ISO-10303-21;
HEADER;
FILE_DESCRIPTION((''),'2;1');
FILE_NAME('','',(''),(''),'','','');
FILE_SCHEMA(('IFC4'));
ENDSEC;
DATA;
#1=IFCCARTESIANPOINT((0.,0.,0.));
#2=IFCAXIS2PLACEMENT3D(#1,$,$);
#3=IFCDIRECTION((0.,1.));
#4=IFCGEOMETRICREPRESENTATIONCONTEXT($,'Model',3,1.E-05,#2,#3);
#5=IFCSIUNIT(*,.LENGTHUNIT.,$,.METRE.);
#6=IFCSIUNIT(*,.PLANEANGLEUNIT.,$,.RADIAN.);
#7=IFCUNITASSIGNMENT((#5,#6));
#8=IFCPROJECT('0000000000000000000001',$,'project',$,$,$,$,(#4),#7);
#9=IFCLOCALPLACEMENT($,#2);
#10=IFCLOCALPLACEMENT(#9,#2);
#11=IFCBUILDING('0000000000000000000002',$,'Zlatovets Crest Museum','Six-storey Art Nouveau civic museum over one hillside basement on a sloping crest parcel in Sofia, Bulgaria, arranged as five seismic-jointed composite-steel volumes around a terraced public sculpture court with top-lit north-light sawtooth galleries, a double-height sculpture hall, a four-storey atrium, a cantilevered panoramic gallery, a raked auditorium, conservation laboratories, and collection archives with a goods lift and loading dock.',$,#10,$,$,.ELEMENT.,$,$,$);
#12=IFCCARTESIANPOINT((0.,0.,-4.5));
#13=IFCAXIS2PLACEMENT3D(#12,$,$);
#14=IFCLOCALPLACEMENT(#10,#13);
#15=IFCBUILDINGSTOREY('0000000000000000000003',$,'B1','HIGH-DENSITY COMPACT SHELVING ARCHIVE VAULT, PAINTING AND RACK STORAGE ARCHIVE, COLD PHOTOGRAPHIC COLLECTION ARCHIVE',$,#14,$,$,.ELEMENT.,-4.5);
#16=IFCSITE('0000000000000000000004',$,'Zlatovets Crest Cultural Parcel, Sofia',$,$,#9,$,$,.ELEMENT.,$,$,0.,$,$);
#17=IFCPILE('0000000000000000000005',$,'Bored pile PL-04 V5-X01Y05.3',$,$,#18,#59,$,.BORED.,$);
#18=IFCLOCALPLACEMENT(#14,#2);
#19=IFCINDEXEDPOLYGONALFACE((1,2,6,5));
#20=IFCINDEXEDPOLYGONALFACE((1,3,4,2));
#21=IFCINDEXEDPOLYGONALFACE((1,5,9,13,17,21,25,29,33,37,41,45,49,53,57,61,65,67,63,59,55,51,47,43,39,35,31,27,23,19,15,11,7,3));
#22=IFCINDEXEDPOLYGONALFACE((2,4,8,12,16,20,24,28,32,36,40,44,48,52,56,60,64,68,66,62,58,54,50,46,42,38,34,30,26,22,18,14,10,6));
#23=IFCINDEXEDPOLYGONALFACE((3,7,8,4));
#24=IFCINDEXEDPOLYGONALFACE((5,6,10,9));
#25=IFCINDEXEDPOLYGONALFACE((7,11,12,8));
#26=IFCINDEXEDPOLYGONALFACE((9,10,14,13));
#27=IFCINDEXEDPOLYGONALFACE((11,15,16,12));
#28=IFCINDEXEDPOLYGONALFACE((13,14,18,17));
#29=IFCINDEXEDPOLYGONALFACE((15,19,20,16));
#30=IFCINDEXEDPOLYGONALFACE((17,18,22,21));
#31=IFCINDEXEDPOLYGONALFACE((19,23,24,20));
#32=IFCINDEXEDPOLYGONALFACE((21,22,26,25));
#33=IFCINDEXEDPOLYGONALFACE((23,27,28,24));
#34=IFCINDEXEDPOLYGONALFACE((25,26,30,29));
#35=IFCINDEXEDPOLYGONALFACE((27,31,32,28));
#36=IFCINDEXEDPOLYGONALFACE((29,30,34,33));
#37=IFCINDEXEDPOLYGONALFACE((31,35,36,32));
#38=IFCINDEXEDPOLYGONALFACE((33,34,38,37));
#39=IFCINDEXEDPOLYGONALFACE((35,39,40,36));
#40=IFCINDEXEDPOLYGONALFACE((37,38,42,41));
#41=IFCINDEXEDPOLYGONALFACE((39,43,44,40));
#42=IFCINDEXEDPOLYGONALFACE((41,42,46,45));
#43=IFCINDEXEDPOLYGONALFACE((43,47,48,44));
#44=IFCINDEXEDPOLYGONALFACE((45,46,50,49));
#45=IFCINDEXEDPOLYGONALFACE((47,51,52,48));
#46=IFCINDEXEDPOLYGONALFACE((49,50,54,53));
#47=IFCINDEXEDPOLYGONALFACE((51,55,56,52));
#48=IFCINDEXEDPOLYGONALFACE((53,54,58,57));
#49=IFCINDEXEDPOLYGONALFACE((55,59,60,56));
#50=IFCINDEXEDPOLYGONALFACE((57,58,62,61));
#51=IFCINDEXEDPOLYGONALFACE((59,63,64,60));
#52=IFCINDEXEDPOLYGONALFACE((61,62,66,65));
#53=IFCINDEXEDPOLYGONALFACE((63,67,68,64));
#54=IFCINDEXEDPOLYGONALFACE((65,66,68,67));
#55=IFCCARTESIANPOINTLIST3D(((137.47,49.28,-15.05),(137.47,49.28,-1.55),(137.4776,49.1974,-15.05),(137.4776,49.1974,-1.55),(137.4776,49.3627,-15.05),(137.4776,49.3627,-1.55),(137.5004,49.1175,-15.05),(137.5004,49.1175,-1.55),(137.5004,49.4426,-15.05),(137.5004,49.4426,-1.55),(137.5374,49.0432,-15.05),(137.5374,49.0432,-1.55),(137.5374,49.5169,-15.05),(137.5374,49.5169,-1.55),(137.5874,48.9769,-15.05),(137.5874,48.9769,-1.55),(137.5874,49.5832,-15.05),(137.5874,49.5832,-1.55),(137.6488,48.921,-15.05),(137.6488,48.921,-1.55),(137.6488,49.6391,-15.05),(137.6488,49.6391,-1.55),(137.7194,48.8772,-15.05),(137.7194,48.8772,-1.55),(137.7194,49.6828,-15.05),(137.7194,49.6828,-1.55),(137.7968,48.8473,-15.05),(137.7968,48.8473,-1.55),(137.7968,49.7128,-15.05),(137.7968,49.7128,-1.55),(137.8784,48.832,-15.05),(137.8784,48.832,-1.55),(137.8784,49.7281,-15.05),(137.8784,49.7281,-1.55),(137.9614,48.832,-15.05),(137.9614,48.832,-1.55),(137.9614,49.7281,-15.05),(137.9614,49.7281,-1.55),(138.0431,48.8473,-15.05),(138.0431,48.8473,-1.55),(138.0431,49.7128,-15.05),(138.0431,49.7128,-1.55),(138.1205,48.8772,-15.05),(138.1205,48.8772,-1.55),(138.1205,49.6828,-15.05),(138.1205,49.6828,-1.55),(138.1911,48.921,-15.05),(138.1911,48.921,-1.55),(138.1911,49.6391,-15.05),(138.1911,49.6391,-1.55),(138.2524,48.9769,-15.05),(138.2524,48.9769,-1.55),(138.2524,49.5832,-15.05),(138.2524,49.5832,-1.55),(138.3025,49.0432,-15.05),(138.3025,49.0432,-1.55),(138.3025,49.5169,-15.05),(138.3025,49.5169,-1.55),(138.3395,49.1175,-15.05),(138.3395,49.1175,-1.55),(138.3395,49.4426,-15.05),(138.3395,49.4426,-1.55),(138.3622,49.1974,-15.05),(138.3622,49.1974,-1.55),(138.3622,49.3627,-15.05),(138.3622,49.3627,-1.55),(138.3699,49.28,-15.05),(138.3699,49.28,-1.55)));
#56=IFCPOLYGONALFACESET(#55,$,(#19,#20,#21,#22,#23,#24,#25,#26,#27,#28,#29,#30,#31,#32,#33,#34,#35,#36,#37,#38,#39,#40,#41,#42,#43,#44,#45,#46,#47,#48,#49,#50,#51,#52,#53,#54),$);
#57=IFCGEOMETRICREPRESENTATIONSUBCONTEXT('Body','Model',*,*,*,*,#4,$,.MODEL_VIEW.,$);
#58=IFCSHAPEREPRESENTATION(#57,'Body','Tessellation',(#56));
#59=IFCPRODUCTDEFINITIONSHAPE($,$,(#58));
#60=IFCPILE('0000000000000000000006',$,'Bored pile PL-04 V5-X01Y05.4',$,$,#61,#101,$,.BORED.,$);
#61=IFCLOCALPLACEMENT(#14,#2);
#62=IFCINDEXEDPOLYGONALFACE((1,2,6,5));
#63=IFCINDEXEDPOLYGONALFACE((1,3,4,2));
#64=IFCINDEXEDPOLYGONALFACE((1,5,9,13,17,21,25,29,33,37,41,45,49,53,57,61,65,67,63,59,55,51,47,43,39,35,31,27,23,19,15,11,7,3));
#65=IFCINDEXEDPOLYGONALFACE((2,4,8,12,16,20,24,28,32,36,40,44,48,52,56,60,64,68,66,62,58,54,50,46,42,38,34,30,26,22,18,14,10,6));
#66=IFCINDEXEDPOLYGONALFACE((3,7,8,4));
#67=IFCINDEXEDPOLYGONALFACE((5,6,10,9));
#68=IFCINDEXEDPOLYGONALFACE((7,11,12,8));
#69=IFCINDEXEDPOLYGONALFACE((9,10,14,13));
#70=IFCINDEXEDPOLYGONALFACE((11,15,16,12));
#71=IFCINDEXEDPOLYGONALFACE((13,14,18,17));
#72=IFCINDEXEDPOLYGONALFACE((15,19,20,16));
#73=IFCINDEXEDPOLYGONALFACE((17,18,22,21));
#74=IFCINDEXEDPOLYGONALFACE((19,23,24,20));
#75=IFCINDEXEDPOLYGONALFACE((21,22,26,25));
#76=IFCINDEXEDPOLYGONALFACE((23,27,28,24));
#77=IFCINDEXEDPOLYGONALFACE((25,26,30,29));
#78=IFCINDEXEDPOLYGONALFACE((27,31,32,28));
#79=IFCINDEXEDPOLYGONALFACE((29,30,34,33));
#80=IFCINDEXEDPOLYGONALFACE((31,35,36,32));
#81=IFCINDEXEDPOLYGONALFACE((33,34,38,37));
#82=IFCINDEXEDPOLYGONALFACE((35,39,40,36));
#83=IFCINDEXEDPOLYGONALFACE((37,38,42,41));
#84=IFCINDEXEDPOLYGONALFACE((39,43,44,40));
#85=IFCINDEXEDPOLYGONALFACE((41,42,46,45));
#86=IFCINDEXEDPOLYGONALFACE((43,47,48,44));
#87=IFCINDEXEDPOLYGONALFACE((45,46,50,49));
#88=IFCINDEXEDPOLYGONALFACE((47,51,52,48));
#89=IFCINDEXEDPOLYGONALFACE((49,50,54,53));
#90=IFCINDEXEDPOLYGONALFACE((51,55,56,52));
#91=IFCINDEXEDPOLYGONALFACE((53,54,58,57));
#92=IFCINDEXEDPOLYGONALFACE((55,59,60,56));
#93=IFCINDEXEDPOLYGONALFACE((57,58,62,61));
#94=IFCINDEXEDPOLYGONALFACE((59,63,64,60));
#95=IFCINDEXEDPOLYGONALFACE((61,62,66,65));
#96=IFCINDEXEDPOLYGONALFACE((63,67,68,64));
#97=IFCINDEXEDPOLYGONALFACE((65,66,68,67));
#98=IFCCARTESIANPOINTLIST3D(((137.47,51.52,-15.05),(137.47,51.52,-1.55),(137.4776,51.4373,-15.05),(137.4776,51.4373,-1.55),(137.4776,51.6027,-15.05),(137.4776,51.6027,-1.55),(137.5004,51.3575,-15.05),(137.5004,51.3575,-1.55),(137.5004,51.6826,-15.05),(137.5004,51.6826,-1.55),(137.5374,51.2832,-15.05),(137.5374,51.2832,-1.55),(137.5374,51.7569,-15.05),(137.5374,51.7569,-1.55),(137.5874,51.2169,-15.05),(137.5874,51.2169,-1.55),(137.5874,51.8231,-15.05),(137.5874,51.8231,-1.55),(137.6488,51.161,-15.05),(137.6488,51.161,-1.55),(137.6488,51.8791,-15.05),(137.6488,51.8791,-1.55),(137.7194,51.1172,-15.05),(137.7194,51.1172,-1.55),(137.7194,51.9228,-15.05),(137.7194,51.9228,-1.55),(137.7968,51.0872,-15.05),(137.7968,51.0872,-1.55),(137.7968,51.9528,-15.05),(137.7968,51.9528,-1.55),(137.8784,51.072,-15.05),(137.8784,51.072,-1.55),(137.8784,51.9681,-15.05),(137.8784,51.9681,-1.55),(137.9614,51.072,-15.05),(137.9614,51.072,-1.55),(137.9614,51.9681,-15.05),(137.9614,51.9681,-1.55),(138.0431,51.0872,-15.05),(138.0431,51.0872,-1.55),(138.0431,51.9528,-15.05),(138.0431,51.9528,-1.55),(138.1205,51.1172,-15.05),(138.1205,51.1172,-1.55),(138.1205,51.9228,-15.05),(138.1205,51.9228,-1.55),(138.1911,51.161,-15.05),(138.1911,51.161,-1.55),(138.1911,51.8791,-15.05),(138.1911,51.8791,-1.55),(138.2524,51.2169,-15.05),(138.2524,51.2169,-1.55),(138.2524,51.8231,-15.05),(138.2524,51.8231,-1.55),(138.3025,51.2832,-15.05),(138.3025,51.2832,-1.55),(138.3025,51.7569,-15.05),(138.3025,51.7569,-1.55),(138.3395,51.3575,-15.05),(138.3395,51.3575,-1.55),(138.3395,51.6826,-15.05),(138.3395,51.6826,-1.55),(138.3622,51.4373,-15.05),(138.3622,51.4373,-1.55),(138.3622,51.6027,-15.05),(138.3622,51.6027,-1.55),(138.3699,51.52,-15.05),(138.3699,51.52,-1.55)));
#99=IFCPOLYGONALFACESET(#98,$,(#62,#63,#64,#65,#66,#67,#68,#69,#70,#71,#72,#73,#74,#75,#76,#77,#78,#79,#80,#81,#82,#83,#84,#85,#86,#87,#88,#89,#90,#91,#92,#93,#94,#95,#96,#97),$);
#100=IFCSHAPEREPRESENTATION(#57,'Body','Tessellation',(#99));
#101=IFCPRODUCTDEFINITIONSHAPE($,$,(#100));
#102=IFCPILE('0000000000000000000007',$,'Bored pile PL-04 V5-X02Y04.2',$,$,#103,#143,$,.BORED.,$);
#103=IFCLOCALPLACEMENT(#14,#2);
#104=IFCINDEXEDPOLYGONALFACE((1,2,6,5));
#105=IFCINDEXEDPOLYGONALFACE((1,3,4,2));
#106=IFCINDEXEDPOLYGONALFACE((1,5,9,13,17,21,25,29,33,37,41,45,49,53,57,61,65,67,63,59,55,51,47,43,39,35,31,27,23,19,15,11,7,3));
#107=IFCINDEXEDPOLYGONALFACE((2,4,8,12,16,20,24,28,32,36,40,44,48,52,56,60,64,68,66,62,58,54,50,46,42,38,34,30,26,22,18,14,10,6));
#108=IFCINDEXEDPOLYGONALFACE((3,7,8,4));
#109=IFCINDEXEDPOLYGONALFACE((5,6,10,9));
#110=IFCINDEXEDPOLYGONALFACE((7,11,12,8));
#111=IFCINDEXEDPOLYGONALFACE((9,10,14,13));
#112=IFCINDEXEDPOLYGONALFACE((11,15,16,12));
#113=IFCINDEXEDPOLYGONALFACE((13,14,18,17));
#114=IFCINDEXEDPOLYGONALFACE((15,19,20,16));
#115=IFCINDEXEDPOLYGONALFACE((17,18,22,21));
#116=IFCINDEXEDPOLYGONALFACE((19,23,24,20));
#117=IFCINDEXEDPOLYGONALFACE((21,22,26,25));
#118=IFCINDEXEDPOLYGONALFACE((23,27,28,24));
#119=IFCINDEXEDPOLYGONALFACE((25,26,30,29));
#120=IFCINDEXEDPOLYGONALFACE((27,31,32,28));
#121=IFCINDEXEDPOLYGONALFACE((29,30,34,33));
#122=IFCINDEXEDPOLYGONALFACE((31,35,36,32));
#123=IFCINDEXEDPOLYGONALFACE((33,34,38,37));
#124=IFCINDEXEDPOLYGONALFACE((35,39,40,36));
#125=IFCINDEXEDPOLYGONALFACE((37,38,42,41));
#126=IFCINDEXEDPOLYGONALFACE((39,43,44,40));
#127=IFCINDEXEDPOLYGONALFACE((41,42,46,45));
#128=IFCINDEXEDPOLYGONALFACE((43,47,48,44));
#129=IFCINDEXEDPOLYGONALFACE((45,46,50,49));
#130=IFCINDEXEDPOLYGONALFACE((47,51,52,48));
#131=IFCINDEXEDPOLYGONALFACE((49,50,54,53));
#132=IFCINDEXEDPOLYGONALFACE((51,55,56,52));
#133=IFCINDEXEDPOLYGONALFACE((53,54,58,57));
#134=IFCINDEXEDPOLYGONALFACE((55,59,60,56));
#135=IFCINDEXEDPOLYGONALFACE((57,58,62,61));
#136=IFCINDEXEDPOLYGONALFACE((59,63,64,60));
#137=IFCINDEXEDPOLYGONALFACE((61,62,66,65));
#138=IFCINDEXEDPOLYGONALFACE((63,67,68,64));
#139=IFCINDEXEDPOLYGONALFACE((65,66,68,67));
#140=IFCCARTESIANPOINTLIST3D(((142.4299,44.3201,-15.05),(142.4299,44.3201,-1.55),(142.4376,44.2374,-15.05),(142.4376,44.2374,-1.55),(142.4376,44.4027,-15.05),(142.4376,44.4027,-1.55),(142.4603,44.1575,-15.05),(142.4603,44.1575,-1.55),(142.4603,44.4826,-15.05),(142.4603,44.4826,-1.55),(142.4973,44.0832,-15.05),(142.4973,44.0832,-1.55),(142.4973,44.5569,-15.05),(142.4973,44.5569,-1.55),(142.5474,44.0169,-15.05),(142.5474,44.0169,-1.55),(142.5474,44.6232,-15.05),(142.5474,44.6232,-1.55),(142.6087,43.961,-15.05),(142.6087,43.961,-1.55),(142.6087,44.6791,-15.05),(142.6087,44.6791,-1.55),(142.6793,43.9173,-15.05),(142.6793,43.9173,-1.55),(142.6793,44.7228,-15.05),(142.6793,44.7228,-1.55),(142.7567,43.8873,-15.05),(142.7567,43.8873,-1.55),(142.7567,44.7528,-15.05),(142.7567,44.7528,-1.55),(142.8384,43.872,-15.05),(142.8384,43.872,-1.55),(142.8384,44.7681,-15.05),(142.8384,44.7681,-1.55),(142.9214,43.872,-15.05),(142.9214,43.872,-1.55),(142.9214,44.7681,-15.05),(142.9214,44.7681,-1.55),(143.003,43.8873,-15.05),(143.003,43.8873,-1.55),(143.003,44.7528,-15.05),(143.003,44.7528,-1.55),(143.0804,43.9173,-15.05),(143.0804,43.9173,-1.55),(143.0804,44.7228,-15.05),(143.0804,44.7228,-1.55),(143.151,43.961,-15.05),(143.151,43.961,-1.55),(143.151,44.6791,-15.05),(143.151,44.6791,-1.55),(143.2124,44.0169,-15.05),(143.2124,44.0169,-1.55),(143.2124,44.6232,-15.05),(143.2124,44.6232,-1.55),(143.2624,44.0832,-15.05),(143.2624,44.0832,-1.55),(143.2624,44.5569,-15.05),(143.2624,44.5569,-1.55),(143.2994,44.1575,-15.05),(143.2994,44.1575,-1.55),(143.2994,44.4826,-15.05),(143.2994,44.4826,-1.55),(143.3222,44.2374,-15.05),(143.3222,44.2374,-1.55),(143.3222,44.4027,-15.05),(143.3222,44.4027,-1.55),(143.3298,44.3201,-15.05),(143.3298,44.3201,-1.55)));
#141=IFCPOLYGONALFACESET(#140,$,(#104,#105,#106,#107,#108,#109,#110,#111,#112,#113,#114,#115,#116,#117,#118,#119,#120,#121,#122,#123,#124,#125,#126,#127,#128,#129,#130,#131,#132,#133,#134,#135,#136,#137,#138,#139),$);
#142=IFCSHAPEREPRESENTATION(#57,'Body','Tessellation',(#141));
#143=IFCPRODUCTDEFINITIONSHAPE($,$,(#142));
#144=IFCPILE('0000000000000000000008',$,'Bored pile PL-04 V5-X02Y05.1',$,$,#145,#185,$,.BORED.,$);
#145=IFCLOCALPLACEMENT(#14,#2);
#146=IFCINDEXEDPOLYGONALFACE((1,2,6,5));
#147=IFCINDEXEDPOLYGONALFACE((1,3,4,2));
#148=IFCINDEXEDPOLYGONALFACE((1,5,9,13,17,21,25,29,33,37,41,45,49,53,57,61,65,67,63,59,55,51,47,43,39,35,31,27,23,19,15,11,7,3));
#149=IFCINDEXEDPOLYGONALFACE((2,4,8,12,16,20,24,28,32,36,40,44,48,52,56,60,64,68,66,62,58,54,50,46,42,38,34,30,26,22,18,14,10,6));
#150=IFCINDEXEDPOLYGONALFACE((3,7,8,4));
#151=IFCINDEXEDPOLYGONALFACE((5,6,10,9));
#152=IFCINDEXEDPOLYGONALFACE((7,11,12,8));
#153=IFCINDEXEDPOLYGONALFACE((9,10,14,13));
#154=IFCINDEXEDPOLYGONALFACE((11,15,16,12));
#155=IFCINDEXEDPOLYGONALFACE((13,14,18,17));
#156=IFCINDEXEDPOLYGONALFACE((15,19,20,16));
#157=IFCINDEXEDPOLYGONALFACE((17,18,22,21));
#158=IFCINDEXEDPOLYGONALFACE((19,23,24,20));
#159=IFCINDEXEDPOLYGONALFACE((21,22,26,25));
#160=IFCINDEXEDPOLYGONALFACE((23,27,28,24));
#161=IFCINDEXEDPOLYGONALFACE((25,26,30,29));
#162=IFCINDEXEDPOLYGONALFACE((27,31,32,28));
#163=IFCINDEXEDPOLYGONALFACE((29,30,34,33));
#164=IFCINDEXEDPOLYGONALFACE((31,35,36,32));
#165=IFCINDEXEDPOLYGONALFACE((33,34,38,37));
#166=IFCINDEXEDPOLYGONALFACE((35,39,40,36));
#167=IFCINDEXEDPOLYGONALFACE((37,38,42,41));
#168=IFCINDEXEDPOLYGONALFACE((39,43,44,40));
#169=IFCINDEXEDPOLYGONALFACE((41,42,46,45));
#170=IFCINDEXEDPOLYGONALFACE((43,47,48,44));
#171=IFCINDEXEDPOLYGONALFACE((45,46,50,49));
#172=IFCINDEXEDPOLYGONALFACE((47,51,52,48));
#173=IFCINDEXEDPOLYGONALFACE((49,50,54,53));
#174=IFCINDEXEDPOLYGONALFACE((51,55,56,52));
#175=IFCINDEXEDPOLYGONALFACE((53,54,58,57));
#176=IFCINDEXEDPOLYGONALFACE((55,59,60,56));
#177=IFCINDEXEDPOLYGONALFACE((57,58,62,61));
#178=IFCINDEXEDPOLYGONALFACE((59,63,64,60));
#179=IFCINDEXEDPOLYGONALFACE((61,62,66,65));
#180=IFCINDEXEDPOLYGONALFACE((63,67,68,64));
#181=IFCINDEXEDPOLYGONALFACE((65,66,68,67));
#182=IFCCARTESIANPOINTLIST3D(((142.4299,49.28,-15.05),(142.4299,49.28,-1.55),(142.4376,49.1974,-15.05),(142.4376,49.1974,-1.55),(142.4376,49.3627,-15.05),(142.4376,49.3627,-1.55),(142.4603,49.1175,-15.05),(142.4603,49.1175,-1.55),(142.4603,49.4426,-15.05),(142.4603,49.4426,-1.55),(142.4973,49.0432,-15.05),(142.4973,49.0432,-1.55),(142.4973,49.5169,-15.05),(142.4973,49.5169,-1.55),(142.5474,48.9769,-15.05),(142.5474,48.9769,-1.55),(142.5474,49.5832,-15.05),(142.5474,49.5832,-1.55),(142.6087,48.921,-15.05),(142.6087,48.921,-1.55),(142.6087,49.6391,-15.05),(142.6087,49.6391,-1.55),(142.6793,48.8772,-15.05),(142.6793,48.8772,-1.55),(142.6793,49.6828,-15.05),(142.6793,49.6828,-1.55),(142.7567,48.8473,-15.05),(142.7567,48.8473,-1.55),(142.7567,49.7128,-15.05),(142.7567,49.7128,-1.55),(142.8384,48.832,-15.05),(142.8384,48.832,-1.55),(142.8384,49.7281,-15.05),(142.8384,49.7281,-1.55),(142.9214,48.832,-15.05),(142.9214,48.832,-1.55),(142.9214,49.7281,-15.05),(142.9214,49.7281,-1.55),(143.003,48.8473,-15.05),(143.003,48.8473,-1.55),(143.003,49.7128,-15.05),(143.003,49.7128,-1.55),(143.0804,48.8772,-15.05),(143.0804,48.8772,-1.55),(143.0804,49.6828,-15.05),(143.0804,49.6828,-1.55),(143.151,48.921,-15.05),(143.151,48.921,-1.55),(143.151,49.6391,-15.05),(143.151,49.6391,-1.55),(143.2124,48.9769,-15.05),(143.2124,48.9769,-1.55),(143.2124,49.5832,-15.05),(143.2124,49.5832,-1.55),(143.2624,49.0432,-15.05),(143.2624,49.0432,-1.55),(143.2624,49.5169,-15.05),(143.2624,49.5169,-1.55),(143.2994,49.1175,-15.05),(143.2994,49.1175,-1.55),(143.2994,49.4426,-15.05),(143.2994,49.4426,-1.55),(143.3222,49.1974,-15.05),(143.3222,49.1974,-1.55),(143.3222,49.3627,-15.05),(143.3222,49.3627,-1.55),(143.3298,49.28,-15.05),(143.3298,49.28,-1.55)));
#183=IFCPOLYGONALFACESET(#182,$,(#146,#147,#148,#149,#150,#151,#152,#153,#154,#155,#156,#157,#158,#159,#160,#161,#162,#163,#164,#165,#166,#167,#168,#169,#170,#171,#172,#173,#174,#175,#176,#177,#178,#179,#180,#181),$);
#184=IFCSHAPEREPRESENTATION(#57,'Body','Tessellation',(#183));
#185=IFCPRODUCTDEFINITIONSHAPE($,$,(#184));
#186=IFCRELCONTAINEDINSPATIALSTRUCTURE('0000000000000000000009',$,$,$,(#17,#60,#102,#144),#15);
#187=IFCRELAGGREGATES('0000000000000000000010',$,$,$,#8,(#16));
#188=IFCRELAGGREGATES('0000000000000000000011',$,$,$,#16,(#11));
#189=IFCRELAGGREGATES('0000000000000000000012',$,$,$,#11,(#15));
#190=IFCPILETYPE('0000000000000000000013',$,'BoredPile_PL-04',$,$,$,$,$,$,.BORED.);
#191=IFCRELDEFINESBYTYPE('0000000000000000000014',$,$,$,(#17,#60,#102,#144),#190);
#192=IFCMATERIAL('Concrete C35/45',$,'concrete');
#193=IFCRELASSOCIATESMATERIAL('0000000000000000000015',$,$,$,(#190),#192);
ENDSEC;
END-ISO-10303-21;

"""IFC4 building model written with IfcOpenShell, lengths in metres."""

from ifc_helpers import new_model, si_unit, direction, frame, origin, origin_2d, place, context, subcontext, project, spatial, circle, extrude, material, material_profile, profile_set, type_object, element, save


model = new_model("IFC4")

# Units and contexts
model_context = context("Model", 3, precision=1e-05, world=origin(), true_north=direction((0.0, 1.0)))
body_context = subcontext(model_context, "Body", "Model", "MODEL_VIEW")
ifc_project = project(units=[si_unit("LENGTHUNIT", "METRE"), si_unit("PLANEANGLEUNIT", "RADIAN")], contexts=[model_context])

# Site, building, storey
site_placement = place(None, origin())
site = spatial("IfcSite", under=ifc_project, at=site_placement, Name="Zlatovets Crest Cultural Parcel, Sofia", CompositionType="ELEMENT", RefElevation=0.0)
building_placement = place(site_placement, origin())
building = spatial("IfcBuilding", under=site, at=building_placement, Name="Zlatovets Crest Museum", Description="Six-storey Art Nouveau civic museum over one hillside basement on a sloping crest parcel in Sofia, Bulgaria, arranged as five seismic-jointed composite-steel volumes around a terraced public sculpture court with top-lit north-light sawtooth galleries, a double-height sculpture hall, a four-storey atrium, a cantilevered panoramic gallery, a raked auditorium, conservation laboratories, and collection archives with a goods lift and loading dock.", CompositionType="ELEMENT")
storey_placement = place(building_placement, frame((0.0, 0.0, -4.5)))
storey = spatial("IfcBuildingStorey", under=building, at=storey_placement, Name="B1", Description="HIGH-DENSITY COMPACT SHELVING ARCHIVE VAULT, PAINTING AND RACK STORAGE ARCHIVE, COLD PHOTOGRAPHIC COLLECTION ARCHIVE", CompositionType="ELEMENT", Elevation=-4.5)

# Piles
ifc_material_1 = material(Name="Concrete C35/45", Category="concrete")
ifc_material_profile_1 = material_profile(ifc_material_1, circle(Radius=0.45, at=origin_2d()), Name="PILE D900")
ifc_profile_set_1 = profile_set([ifc_material_profile_1], Name="Concrete C35/45")
pile_type = type_object("IfcPileType", Name="BoredPile_PL-04", PredefinedType="BORED", material=ifc_profile_set_1)
for number, where, z_axis, x_axis, name in (
    (1, (137.9199, 49.28, -1.55), (0.0, 0.0, -1.0), (1.0, 0.0, 0.0), "Bored pile PL-04 V5-X01Y05.3"),
    (2, (137.9199, 51.52, -1.55), (0.0, 0.0, -1.0), (1.0, 0.0, 0.0), "Bored pile PL-04 V5-X01Y05.4"),
    (3, (142.8799, 44.3201, -1.55), (0.0, 0.0, -1.0), (1.0, 0.0, 0.0), "Bored pile PL-04 V5-X02Y04.2"),
    (4, (142.8799, 49.28, -1.55), (0.0, 0.0, -1.0), (1.0, 0.0, 0.0), "Bored pile PL-04 V5-X02Y05.1"),
):
    element("IfcPile", number, at=place(storey_placement, frame(where, z_axis=z_axis, x_axis=x_axis)), inside=storey, type_object=pile_type, Name=name, PredefinedType="BORED", context=body_context, shape_type="SweptSolid", body=[
        extrude(circle(Radius=0.45, at=origin_2d()), origin(), (0.0, 0.0, 1.0), 13.5),
    ])

save(model, "model.ifc")
